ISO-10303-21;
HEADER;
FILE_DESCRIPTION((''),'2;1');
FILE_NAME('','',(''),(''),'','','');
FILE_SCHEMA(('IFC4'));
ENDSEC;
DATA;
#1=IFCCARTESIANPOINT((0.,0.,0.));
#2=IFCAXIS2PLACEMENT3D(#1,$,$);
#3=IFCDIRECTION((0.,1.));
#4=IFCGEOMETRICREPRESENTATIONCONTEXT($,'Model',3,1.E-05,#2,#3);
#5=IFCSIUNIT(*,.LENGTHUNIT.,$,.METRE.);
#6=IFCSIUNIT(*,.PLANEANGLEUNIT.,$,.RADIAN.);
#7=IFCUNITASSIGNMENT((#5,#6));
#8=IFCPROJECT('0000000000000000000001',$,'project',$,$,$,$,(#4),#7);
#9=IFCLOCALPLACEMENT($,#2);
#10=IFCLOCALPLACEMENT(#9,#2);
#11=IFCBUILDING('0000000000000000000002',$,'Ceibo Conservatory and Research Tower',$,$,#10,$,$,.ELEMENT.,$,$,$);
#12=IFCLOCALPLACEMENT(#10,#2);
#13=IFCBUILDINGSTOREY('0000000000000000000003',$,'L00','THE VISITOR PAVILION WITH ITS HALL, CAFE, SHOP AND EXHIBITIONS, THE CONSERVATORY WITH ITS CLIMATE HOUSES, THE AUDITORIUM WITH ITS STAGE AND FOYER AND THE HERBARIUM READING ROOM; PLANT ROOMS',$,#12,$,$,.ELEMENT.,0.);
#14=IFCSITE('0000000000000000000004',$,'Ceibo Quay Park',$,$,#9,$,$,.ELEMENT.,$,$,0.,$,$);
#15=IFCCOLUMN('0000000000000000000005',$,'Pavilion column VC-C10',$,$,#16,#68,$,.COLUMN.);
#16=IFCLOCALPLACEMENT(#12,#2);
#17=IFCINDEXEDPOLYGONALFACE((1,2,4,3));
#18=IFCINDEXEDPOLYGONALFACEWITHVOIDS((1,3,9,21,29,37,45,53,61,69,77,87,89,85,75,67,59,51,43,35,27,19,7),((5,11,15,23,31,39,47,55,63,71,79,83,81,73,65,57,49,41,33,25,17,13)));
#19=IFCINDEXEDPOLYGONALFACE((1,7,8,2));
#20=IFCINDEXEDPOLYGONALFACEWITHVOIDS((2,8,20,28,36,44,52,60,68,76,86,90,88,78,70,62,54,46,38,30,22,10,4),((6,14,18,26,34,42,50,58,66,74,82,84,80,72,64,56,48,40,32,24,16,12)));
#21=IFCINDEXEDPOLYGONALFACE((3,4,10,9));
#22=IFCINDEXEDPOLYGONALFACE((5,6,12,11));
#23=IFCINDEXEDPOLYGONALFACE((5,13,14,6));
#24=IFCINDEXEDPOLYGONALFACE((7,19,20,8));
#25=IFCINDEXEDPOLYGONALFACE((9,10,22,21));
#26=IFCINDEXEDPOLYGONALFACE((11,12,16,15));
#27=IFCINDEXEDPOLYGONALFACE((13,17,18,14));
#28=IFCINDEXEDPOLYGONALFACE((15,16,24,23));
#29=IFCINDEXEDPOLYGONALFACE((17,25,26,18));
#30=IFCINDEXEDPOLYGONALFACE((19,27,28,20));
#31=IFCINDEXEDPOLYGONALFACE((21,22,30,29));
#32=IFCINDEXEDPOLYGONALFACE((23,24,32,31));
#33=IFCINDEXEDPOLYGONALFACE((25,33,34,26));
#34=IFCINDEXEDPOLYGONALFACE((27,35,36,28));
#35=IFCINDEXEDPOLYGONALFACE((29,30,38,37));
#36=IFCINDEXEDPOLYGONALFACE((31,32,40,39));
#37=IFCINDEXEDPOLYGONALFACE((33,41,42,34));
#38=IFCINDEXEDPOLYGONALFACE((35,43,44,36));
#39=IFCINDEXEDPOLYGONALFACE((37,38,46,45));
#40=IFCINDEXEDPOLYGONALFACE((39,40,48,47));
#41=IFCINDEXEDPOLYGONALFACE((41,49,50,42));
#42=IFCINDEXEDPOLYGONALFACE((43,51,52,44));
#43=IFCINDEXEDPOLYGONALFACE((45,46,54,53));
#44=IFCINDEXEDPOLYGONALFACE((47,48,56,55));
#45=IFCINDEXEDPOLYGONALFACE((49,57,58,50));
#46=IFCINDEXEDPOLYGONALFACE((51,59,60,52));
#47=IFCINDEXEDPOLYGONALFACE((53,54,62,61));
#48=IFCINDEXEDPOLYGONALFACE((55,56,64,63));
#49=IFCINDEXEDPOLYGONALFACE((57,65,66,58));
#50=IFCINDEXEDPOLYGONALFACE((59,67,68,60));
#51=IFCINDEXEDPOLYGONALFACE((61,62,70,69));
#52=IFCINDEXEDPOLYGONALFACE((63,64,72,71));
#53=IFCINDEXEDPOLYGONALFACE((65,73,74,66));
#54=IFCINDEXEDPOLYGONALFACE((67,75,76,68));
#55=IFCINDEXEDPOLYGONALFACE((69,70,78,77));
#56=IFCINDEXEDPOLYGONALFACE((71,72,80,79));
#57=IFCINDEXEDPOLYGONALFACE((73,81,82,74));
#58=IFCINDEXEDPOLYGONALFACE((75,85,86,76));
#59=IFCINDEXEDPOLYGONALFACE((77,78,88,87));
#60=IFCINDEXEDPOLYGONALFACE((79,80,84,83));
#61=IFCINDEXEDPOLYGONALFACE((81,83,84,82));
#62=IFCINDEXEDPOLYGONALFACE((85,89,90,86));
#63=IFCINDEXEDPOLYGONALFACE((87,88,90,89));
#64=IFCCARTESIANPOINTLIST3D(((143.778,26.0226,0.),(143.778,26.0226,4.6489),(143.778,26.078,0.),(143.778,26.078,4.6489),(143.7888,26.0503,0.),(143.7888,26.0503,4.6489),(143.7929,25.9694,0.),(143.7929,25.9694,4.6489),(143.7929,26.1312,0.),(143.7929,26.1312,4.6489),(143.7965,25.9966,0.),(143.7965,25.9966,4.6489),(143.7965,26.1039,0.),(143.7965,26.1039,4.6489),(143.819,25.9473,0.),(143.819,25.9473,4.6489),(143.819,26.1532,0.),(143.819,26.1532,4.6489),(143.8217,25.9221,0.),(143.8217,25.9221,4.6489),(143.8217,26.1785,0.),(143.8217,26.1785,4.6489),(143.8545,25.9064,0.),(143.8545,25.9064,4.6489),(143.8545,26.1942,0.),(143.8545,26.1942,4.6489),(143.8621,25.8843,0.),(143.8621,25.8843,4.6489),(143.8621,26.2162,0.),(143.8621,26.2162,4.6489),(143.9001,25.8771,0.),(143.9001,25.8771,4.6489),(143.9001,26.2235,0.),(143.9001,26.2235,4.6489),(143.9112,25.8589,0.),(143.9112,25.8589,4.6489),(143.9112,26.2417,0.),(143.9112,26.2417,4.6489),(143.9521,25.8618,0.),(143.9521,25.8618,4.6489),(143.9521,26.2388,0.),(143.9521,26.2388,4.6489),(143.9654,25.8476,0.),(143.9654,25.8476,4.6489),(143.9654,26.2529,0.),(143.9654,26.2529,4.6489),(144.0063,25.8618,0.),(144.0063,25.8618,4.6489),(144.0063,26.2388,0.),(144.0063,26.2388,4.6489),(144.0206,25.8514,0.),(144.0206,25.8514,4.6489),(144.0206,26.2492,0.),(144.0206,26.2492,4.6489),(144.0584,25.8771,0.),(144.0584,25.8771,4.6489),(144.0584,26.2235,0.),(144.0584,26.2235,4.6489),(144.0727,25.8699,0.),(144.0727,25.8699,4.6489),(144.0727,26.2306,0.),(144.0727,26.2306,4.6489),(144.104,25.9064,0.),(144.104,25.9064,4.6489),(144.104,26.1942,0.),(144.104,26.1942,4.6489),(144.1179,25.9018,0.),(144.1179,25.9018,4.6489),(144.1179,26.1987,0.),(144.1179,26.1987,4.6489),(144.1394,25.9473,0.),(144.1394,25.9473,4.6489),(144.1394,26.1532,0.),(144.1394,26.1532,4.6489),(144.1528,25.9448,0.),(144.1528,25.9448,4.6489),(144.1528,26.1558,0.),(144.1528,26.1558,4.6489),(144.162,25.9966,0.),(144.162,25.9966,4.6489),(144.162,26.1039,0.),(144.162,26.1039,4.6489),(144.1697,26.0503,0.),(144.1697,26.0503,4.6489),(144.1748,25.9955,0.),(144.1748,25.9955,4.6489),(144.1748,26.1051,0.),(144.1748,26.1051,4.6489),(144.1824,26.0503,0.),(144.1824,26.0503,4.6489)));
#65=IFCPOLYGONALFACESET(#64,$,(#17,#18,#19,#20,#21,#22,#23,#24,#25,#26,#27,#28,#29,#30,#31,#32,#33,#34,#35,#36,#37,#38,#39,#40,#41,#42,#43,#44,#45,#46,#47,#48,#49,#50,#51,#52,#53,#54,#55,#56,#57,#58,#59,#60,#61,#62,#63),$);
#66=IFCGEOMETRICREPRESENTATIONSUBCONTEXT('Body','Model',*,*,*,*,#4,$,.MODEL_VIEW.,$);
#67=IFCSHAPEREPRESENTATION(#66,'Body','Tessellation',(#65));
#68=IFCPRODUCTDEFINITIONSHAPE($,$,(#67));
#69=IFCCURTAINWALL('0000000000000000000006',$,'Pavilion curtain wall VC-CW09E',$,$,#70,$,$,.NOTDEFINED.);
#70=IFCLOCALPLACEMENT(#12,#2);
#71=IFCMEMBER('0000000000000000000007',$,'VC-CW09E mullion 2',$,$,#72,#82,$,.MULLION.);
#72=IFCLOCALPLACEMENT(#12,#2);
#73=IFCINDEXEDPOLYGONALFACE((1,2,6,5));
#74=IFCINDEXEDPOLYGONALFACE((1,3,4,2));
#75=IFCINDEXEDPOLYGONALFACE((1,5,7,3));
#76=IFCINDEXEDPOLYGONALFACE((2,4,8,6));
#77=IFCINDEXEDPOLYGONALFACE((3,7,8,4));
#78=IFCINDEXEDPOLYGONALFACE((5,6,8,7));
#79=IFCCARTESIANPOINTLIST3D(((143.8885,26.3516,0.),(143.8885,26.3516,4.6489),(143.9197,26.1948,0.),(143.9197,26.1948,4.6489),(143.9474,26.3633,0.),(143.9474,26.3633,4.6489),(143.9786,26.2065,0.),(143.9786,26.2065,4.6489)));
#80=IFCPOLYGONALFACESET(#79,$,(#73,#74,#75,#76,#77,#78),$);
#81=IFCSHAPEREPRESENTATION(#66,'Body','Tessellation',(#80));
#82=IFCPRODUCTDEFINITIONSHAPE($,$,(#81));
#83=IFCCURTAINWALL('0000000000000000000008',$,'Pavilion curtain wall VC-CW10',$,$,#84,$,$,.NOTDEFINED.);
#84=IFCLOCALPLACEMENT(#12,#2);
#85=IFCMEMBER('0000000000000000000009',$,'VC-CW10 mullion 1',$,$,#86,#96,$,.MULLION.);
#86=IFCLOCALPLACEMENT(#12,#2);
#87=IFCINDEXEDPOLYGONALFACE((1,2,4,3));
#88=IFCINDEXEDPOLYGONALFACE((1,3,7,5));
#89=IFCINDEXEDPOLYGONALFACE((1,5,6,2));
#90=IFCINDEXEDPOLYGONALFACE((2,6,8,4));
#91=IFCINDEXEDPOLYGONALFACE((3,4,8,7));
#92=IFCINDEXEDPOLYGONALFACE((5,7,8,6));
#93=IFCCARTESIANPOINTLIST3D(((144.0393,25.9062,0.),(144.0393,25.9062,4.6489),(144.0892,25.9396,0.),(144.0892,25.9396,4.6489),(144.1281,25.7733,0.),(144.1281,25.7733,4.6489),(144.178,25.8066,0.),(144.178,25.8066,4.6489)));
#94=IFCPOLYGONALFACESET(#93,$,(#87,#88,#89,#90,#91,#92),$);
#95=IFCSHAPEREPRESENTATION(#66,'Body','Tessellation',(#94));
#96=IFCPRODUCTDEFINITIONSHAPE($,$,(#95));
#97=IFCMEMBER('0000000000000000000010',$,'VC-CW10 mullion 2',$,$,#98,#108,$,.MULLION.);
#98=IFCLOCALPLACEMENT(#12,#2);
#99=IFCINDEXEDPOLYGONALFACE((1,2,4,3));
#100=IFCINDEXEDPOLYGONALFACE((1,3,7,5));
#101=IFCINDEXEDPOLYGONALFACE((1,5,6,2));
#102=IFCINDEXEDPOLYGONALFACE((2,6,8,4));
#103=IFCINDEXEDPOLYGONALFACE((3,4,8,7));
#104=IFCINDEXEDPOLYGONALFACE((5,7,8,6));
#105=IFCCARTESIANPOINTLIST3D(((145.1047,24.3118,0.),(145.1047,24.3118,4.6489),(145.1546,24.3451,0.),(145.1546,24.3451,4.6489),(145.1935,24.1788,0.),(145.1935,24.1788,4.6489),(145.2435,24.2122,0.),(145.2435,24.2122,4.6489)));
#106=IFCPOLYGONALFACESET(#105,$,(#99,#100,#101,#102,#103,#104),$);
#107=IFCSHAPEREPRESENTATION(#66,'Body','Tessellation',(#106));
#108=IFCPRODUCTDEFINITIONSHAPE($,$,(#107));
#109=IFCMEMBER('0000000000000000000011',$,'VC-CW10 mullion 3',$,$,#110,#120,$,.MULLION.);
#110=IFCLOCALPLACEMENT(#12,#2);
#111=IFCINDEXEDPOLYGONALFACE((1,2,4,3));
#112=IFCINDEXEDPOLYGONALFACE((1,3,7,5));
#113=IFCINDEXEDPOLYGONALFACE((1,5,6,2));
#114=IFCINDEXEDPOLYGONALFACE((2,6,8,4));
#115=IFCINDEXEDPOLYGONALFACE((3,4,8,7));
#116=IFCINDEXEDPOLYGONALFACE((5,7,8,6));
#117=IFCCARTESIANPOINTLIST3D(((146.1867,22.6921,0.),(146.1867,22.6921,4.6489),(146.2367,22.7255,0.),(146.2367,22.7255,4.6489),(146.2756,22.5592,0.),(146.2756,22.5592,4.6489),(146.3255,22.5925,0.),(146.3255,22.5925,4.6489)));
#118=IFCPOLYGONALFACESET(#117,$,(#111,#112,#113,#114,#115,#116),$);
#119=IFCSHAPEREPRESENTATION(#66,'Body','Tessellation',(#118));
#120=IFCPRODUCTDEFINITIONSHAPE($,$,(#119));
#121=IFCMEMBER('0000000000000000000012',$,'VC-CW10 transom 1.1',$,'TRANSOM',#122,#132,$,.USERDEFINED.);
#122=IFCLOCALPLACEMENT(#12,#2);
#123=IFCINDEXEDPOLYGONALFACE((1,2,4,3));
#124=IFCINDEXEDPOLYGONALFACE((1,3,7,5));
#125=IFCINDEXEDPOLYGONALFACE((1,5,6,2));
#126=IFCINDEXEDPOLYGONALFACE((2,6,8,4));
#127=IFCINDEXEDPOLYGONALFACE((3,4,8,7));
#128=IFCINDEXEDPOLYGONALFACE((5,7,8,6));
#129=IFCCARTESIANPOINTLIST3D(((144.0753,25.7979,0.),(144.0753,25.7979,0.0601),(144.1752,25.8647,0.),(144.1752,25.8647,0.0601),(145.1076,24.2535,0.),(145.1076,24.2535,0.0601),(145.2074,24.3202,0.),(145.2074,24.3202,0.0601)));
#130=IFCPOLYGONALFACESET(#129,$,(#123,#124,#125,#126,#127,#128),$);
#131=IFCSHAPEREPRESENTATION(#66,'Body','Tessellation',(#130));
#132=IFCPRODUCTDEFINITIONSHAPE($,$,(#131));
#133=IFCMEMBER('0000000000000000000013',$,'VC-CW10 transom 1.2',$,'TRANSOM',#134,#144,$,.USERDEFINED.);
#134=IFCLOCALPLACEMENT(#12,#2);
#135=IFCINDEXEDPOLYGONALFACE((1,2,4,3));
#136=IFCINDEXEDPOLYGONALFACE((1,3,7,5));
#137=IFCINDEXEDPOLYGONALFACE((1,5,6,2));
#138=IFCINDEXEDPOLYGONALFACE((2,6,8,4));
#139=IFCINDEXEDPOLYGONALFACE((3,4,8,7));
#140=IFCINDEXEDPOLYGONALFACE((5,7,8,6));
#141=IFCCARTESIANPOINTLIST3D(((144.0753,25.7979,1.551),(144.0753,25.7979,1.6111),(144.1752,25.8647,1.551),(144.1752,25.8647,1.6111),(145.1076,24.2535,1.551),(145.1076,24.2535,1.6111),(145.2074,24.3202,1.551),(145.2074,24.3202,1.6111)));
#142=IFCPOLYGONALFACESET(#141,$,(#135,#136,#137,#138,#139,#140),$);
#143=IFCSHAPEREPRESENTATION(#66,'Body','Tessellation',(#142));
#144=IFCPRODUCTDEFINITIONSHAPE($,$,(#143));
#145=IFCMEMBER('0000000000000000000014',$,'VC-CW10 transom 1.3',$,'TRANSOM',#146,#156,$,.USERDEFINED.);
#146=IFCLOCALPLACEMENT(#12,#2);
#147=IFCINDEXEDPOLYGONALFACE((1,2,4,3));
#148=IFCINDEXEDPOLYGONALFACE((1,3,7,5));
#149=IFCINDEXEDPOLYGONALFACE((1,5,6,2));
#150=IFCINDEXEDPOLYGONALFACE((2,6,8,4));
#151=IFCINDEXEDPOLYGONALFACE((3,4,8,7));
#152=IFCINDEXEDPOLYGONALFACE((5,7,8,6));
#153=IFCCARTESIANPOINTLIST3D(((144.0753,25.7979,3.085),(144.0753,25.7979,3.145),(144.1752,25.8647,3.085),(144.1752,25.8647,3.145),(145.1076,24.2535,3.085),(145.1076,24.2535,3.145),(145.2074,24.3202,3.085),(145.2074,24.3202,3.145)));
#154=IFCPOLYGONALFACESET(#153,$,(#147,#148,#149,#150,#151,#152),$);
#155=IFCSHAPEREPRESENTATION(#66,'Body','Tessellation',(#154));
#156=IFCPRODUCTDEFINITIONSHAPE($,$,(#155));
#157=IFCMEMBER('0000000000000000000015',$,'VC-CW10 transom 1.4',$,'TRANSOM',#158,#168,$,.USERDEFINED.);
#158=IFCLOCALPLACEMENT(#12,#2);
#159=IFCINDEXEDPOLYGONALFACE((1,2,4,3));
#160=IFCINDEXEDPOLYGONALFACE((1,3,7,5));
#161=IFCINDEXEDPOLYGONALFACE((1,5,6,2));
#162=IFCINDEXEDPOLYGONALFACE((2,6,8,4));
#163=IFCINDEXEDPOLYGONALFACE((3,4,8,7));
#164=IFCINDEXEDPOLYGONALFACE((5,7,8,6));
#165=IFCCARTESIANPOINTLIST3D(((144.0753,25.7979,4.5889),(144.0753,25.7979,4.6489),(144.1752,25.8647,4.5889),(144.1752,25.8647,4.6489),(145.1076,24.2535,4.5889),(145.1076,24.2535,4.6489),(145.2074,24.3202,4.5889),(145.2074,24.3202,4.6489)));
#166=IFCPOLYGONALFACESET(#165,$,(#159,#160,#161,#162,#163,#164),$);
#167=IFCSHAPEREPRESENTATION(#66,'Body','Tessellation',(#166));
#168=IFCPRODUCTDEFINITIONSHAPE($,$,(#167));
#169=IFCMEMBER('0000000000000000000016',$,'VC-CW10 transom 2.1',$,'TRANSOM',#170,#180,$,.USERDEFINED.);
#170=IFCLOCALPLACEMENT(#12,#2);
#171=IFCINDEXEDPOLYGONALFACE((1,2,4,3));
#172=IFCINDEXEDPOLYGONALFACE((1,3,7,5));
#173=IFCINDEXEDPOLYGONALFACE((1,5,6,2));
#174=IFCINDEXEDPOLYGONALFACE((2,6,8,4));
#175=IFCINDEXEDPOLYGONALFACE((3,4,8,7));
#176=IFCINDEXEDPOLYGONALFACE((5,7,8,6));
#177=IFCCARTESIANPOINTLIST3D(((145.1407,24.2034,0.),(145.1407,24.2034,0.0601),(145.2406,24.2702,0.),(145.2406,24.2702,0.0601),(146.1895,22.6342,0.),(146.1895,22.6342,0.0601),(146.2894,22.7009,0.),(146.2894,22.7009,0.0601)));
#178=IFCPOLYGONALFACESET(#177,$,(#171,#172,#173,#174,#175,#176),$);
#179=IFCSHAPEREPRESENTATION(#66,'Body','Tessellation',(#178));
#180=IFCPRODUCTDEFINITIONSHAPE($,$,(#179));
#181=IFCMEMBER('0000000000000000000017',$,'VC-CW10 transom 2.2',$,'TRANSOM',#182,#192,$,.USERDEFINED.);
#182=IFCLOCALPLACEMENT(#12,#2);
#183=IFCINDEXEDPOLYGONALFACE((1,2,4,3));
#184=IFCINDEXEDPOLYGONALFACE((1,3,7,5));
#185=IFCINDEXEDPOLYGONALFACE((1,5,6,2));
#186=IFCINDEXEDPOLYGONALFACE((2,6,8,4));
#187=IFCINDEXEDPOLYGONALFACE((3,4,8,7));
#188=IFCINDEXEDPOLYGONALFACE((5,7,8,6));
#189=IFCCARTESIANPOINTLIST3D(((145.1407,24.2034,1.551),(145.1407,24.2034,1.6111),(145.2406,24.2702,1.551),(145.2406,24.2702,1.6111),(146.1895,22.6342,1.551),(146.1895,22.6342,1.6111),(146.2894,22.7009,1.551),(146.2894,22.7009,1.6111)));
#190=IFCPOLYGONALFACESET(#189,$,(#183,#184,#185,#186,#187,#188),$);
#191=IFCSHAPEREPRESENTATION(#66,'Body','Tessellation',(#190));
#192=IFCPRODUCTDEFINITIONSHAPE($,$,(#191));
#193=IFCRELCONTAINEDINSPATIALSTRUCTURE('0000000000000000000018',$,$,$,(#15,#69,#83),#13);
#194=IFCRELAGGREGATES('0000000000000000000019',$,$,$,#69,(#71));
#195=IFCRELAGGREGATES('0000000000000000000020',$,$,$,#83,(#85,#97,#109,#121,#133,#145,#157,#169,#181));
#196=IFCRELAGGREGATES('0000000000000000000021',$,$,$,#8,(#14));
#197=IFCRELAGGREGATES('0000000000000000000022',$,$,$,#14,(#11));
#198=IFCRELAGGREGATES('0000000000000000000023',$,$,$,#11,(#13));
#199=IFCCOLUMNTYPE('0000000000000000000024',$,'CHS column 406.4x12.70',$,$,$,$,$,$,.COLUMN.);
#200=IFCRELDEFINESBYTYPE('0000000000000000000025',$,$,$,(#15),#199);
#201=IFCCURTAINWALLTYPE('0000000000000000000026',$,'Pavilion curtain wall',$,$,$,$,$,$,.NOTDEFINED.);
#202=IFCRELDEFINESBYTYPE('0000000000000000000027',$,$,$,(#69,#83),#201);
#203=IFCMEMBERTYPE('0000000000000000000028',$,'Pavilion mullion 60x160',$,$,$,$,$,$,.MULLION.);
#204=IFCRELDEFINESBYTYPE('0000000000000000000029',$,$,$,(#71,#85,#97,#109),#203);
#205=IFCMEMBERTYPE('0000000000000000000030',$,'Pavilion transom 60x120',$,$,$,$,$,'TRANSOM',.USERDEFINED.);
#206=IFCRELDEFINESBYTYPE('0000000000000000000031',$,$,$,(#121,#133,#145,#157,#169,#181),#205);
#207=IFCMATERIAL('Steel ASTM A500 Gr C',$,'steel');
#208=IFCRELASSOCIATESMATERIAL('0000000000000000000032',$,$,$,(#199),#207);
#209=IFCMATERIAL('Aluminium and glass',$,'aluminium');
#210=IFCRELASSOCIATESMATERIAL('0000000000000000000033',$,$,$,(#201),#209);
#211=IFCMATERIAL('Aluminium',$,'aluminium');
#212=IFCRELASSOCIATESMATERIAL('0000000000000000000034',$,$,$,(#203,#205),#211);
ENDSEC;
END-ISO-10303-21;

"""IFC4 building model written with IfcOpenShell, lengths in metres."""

from ifc_helpers import new_model, si_unit, direction, frame, origin, origin_2d, place, context, subcontext, project, spatial, rectangle, hollow_circle, extrude, material, material_profile, profile_set, type_object, element, aggregate, save


model = new_model("IFC4")

# Units and contexts
model_context = context("Model", 3, precision=1e-05, world=origin(), true_north=direction((0.0, 1.0)))
body_context = subcontext(model_context, "Body", "Model", "MODEL_VIEW")
ifc_project = project(units=[si_unit("LENGTHUNIT", "METRE"), si_unit("PLANEANGLEUNIT", "RADIAN")], contexts=[model_context])

# Site, building, storey
site_placement = place(None, origin())
site = spatial("IfcSite", under=ifc_project, at=site_placement, Name="Ceibo Quay Park", CompositionType="ELEMENT", RefElevation=0.0)
building_placement = place(site_placement, origin())
building = spatial("IfcBuilding", under=site, at=building_placement, Name="Ceibo Conservatory and Research Tower", CompositionType="ELEMENT")
storey_placement = place(building_placement, origin())
storey = spatial("IfcBuildingStorey", under=building, at=storey_placement, Name="L00", Description="THE VISITOR PAVILION WITH ITS HALL, CAFE, SHOP AND EXHIBITIONS, THE CONSERVATORY WITH ITS CLIMATE HOUSES, THE AUDITORIUM WITH ITS STAGE AND FOYER AND THE HERBARIUM READING ROOM; PLANT ROOMS", CompositionType="ELEMENT", Elevation=0.0)

# Column
ifc_material_1 = material(Name="Steel ASTM A500 Gr C", Category="steel")
ifc_material_profile_1 = material_profile(ifc_material_1, hollow_circle(Radius=0.2031, WallThickness=0.0127, at=origin_2d()), Name="CHS column 406.4x12.70")
ifc_profile_set_1 = profile_set([ifc_material_profile_1], Name="Steel ASTM A500 Gr C")
column_type_1 = type_object("IfcColumnType", Name="CHS column 406.4x12.70", PredefinedType="COLUMN", material=ifc_profile_set_1)
column_1_placement = place(storey_placement, frame((143.9792, 26.0503, 0.0), z_axis=(0.0, 0.0, 1.0), x_axis=(1.0, 0.0, 0.0)))
element("IfcColumn", 1, at=column_1_placement, inside=storey, type_object=column_type_1, Name="Pavilion column VC-C10", PredefinedType="COLUMN", context=body_context, shape_type="SweptSolid", body=[
    extrude(hollow_circle(Radius=0.2031, WallThickness=0.0127, at=origin_2d()), origin(), (0.0, 0.0, 1.0), 4.6489),
])

# Curtain wall, member
ifc_material_2 = material(Name="Aluminium and glass", Category="aluminium")
curtain_wall_type = type_object("IfcCurtainWallType", Name="Pavilion curtain wall", PredefinedType="NOTDEFINED", material=ifc_material_2)
curtain_wall_1_placement = place(storey_placement, origin())
curtain_wall_1 = element("IfcCurtainWall", 2, at=curtain_wall_1_placement, inside=storey, type_object=curtain_wall_type, Name="Pavilion curtain wall VC-CW09E", PredefinedType="NOTDEFINED")
ifc_material_3 = material(Name="Aluminium", Category="aluminium")
ifc_material_profile_2 = material_profile(ifc_material_3, rectangle(XDim=0.0601, YDim=0.1599, at=origin_2d()), Name="AL 60x160")
ifc_profile_set_2 = profile_set([ifc_material_profile_2], Name="Aluminium")
member_type_1 = type_object("IfcMemberType", Name="Pavilion mullion 60x160", PredefinedType="MULLION", material=ifc_profile_set_2)
member_1_placement = place(storey_placement, frame((143.9336, 26.2791, 0.0), z_axis=(0.0, 0.0, 1.0), x_axis=(0.980785, 0.19509, 0.0)))
member_1 = element("IfcMember", 3, at=member_1_placement, type_object=member_type_1, Name="VC-CW09E mullion 2", PredefinedType="MULLION", context=body_context, shape_type="SweptSolid", body=[
    extrude(rectangle(XDim=0.0601, YDim=0.1599, at=origin_2d()), origin(), (0.0, 0.0, 1.0), 4.6489),
])

# Curtain wall, members
curtain_wall_2_placement = place(storey_placement, origin())
curtain_wall_2 = element("IfcCurtainWall", 4, at=curtain_wall_2_placement, inside=storey, type_object=curtain_wall_type, Name="Pavilion curtain wall VC-CW10", PredefinedType="NOTDEFINED")
member_2_placement = place(storey_placement, frame((144.1086, 25.8564, 0.0), z_axis=(0.0, 0.0, 1.0), x_axis=(0.83147, 0.55557, 0.0)))
member_2 = element("IfcMember", 5, at=member_2_placement, type_object=member_type_1, Name="VC-CW10 mullion 1", PredefinedType="MULLION", context=body_context, shape_type="SweptSolid", body=[
    extrude(rectangle(XDim=0.0601, YDim=0.1599, at=origin_2d()), origin(), (0.0, 0.0, 1.0), 4.6489),
])
member_3_placement = place(storey_placement, frame((145.1741, 24.262, 0.0), z_axis=(0.0, 0.0, 1.0), x_axis=(0.83147, 0.55557, 0.0)))
member_3 = element("IfcMember", 6, at=member_3_placement, type_object=member_type_1, Name="VC-CW10 mullion 2", PredefinedType="MULLION", context=body_context, shape_type="SweptSolid", body=[
    extrude(rectangle(XDim=0.0601, YDim=0.1599, at=origin_2d()), origin(), (0.0, 0.0, 1.0), 4.6489),
])
member_4_placement = place(storey_placement, frame((146.2561, 22.6423, 0.0), z_axis=(0.0, 0.0, 1.0), x_axis=(0.83147, 0.55557, 0.0)))
member_4 = element("IfcMember", 7, at=member_4_placement, type_object=member_type_1, Name="VC-CW10 mullion 3", PredefinedType="MULLION", context=body_context, shape_type="SweptSolid", body=[
    extrude(rectangle(XDim=0.0601, YDim=0.1599, at=origin_2d()), origin(), (0.0, 0.0, 1.0), 4.6489),
])
ifc_material_profile_3 = material_profile(ifc_material_3, rectangle(XDim=0.1201, YDim=0.0601, at=origin_2d()), Name="AL 60x120")
ifc_profile_set_3 = profile_set([ifc_material_profile_3], Name="Aluminium")
member_type_2 = type_object("IfcMemberType", Name="Pavilion transom 60x120", ElementType="TRANSOM", PredefinedType="USERDEFINED", material=ifc_profile_set_3)
member_5_placement = place(storey_placement, frame((144.1252, 25.8313, 0.03), z_axis=(0.55567, -0.831403, 0.0), x_axis=(0.831403, 0.55567, 0.0)))
member_5 = element("IfcMember", 8, at=member_5_placement, type_object=member_type_2, Name="VC-CW10 transom 1.1", ObjectType="TRANSOM", PredefinedType="USERDEFINED", context=body_context, shape_type="SweptSolid", body=[
    extrude(rectangle(XDim=0.1201, YDim=0.0601, at=origin_2d()), origin(), (0.0, 0.0, 1.0), 1.8577),
])
member_6_placement = place(storey_placement, frame((144.1252, 25.8313, 1.5811), z_axis=(0.55567, -0.831403, 0.0), x_axis=(0.831403, 0.55567, 0.0)))
member_6 = element("IfcMember", 9, at=member_6_placement, type_object=member_type_2, Name="VC-CW10 transom 1.2", ObjectType="TRANSOM", PredefinedType="USERDEFINED", context=body_context, shape_type="SweptSolid", body=[
    extrude(rectangle(XDim=0.1201, YDim=0.0601, at=origin_2d()), origin(), (0.0, 0.0, 1.0), 1.8577),
])
member_7_placement = place(storey_placement, frame((144.1252, 25.8313, 3.115), z_axis=(0.55567, -0.831403, 0.0), x_axis=(0.831403, 0.55567, 0.0)))
member_7 = element("IfcMember", 10, at=member_7_placement, type_object=member_type_2, Name="VC-CW10 transom 1.3", ObjectType="TRANSOM", PredefinedType="USERDEFINED", context=body_context, shape_type="SweptSolid", body=[
    extrude(rectangle(XDim=0.1201, YDim=0.0601, at=origin_2d()), origin(), (0.0, 0.0, 1.0), 1.8577),
])
member_8_placement = place(storey_placement, frame((144.1252, 25.8313, 4.6189), z_axis=(0.55567, -0.831403, 0.0), x_axis=(0.831403, 0.55567, 0.0)))
member_8 = element("IfcMember", 11, at=member_8_placement, type_object=member_type_2, Name="VC-CW10 transom 1.4", ObjectType="TRANSOM", PredefinedType="USERDEFINED", context=body_context, shape_type="SweptSolid", body=[
    extrude(rectangle(XDim=0.1201, YDim=0.0601, at=origin_2d()), origin(), (0.0, 0.0, 1.0), 1.8577),
])
member_9_placement = place(storey_placement, frame((145.1907, 24.2368, 0.03), z_axis=(0.555655, -0.831413, 0.0), x_axis=(0.831413, 0.555655, 0.0)))
member_9 = element("IfcMember", 12, at=member_9_placement, type_object=member_type_2, Name="VC-CW10 transom 2.1", ObjectType="TRANSOM", PredefinedType="USERDEFINED", context=body_context, shape_type="SweptSolid", body=[
    extrude(rectangle(XDim=0.1201, YDim=0.0601, at=origin_2d()), origin(), (0.0, 0.0, 1.0), 1.8875),
])
member_10_placement = place(storey_placement, frame((145.1907, 24.2368, 1.5811), z_axis=(0.555655, -0.831413, 0.0), x_axis=(0.831413, 0.555655, 0.0)))
member_10 = element("IfcMember", 13, at=member_10_placement, type_object=member_type_2, Name="VC-CW10 transom 2.2", ObjectType="TRANSOM", PredefinedType="USERDEFINED", context=body_context, shape_type="SweptSolid", body=[
    extrude(rectangle(XDim=0.1201, YDim=0.0601, at=origin_2d()), origin(), (0.0, 0.0, 1.0), 1.8875),
])

aggregate(curtain_wall_1, [member_1])
aggregate(curtain_wall_2, [member_2, member_3, member_4, member_5, member_6, member_7, member_8, member_9, member_10])

save(model, "model.ifc")
